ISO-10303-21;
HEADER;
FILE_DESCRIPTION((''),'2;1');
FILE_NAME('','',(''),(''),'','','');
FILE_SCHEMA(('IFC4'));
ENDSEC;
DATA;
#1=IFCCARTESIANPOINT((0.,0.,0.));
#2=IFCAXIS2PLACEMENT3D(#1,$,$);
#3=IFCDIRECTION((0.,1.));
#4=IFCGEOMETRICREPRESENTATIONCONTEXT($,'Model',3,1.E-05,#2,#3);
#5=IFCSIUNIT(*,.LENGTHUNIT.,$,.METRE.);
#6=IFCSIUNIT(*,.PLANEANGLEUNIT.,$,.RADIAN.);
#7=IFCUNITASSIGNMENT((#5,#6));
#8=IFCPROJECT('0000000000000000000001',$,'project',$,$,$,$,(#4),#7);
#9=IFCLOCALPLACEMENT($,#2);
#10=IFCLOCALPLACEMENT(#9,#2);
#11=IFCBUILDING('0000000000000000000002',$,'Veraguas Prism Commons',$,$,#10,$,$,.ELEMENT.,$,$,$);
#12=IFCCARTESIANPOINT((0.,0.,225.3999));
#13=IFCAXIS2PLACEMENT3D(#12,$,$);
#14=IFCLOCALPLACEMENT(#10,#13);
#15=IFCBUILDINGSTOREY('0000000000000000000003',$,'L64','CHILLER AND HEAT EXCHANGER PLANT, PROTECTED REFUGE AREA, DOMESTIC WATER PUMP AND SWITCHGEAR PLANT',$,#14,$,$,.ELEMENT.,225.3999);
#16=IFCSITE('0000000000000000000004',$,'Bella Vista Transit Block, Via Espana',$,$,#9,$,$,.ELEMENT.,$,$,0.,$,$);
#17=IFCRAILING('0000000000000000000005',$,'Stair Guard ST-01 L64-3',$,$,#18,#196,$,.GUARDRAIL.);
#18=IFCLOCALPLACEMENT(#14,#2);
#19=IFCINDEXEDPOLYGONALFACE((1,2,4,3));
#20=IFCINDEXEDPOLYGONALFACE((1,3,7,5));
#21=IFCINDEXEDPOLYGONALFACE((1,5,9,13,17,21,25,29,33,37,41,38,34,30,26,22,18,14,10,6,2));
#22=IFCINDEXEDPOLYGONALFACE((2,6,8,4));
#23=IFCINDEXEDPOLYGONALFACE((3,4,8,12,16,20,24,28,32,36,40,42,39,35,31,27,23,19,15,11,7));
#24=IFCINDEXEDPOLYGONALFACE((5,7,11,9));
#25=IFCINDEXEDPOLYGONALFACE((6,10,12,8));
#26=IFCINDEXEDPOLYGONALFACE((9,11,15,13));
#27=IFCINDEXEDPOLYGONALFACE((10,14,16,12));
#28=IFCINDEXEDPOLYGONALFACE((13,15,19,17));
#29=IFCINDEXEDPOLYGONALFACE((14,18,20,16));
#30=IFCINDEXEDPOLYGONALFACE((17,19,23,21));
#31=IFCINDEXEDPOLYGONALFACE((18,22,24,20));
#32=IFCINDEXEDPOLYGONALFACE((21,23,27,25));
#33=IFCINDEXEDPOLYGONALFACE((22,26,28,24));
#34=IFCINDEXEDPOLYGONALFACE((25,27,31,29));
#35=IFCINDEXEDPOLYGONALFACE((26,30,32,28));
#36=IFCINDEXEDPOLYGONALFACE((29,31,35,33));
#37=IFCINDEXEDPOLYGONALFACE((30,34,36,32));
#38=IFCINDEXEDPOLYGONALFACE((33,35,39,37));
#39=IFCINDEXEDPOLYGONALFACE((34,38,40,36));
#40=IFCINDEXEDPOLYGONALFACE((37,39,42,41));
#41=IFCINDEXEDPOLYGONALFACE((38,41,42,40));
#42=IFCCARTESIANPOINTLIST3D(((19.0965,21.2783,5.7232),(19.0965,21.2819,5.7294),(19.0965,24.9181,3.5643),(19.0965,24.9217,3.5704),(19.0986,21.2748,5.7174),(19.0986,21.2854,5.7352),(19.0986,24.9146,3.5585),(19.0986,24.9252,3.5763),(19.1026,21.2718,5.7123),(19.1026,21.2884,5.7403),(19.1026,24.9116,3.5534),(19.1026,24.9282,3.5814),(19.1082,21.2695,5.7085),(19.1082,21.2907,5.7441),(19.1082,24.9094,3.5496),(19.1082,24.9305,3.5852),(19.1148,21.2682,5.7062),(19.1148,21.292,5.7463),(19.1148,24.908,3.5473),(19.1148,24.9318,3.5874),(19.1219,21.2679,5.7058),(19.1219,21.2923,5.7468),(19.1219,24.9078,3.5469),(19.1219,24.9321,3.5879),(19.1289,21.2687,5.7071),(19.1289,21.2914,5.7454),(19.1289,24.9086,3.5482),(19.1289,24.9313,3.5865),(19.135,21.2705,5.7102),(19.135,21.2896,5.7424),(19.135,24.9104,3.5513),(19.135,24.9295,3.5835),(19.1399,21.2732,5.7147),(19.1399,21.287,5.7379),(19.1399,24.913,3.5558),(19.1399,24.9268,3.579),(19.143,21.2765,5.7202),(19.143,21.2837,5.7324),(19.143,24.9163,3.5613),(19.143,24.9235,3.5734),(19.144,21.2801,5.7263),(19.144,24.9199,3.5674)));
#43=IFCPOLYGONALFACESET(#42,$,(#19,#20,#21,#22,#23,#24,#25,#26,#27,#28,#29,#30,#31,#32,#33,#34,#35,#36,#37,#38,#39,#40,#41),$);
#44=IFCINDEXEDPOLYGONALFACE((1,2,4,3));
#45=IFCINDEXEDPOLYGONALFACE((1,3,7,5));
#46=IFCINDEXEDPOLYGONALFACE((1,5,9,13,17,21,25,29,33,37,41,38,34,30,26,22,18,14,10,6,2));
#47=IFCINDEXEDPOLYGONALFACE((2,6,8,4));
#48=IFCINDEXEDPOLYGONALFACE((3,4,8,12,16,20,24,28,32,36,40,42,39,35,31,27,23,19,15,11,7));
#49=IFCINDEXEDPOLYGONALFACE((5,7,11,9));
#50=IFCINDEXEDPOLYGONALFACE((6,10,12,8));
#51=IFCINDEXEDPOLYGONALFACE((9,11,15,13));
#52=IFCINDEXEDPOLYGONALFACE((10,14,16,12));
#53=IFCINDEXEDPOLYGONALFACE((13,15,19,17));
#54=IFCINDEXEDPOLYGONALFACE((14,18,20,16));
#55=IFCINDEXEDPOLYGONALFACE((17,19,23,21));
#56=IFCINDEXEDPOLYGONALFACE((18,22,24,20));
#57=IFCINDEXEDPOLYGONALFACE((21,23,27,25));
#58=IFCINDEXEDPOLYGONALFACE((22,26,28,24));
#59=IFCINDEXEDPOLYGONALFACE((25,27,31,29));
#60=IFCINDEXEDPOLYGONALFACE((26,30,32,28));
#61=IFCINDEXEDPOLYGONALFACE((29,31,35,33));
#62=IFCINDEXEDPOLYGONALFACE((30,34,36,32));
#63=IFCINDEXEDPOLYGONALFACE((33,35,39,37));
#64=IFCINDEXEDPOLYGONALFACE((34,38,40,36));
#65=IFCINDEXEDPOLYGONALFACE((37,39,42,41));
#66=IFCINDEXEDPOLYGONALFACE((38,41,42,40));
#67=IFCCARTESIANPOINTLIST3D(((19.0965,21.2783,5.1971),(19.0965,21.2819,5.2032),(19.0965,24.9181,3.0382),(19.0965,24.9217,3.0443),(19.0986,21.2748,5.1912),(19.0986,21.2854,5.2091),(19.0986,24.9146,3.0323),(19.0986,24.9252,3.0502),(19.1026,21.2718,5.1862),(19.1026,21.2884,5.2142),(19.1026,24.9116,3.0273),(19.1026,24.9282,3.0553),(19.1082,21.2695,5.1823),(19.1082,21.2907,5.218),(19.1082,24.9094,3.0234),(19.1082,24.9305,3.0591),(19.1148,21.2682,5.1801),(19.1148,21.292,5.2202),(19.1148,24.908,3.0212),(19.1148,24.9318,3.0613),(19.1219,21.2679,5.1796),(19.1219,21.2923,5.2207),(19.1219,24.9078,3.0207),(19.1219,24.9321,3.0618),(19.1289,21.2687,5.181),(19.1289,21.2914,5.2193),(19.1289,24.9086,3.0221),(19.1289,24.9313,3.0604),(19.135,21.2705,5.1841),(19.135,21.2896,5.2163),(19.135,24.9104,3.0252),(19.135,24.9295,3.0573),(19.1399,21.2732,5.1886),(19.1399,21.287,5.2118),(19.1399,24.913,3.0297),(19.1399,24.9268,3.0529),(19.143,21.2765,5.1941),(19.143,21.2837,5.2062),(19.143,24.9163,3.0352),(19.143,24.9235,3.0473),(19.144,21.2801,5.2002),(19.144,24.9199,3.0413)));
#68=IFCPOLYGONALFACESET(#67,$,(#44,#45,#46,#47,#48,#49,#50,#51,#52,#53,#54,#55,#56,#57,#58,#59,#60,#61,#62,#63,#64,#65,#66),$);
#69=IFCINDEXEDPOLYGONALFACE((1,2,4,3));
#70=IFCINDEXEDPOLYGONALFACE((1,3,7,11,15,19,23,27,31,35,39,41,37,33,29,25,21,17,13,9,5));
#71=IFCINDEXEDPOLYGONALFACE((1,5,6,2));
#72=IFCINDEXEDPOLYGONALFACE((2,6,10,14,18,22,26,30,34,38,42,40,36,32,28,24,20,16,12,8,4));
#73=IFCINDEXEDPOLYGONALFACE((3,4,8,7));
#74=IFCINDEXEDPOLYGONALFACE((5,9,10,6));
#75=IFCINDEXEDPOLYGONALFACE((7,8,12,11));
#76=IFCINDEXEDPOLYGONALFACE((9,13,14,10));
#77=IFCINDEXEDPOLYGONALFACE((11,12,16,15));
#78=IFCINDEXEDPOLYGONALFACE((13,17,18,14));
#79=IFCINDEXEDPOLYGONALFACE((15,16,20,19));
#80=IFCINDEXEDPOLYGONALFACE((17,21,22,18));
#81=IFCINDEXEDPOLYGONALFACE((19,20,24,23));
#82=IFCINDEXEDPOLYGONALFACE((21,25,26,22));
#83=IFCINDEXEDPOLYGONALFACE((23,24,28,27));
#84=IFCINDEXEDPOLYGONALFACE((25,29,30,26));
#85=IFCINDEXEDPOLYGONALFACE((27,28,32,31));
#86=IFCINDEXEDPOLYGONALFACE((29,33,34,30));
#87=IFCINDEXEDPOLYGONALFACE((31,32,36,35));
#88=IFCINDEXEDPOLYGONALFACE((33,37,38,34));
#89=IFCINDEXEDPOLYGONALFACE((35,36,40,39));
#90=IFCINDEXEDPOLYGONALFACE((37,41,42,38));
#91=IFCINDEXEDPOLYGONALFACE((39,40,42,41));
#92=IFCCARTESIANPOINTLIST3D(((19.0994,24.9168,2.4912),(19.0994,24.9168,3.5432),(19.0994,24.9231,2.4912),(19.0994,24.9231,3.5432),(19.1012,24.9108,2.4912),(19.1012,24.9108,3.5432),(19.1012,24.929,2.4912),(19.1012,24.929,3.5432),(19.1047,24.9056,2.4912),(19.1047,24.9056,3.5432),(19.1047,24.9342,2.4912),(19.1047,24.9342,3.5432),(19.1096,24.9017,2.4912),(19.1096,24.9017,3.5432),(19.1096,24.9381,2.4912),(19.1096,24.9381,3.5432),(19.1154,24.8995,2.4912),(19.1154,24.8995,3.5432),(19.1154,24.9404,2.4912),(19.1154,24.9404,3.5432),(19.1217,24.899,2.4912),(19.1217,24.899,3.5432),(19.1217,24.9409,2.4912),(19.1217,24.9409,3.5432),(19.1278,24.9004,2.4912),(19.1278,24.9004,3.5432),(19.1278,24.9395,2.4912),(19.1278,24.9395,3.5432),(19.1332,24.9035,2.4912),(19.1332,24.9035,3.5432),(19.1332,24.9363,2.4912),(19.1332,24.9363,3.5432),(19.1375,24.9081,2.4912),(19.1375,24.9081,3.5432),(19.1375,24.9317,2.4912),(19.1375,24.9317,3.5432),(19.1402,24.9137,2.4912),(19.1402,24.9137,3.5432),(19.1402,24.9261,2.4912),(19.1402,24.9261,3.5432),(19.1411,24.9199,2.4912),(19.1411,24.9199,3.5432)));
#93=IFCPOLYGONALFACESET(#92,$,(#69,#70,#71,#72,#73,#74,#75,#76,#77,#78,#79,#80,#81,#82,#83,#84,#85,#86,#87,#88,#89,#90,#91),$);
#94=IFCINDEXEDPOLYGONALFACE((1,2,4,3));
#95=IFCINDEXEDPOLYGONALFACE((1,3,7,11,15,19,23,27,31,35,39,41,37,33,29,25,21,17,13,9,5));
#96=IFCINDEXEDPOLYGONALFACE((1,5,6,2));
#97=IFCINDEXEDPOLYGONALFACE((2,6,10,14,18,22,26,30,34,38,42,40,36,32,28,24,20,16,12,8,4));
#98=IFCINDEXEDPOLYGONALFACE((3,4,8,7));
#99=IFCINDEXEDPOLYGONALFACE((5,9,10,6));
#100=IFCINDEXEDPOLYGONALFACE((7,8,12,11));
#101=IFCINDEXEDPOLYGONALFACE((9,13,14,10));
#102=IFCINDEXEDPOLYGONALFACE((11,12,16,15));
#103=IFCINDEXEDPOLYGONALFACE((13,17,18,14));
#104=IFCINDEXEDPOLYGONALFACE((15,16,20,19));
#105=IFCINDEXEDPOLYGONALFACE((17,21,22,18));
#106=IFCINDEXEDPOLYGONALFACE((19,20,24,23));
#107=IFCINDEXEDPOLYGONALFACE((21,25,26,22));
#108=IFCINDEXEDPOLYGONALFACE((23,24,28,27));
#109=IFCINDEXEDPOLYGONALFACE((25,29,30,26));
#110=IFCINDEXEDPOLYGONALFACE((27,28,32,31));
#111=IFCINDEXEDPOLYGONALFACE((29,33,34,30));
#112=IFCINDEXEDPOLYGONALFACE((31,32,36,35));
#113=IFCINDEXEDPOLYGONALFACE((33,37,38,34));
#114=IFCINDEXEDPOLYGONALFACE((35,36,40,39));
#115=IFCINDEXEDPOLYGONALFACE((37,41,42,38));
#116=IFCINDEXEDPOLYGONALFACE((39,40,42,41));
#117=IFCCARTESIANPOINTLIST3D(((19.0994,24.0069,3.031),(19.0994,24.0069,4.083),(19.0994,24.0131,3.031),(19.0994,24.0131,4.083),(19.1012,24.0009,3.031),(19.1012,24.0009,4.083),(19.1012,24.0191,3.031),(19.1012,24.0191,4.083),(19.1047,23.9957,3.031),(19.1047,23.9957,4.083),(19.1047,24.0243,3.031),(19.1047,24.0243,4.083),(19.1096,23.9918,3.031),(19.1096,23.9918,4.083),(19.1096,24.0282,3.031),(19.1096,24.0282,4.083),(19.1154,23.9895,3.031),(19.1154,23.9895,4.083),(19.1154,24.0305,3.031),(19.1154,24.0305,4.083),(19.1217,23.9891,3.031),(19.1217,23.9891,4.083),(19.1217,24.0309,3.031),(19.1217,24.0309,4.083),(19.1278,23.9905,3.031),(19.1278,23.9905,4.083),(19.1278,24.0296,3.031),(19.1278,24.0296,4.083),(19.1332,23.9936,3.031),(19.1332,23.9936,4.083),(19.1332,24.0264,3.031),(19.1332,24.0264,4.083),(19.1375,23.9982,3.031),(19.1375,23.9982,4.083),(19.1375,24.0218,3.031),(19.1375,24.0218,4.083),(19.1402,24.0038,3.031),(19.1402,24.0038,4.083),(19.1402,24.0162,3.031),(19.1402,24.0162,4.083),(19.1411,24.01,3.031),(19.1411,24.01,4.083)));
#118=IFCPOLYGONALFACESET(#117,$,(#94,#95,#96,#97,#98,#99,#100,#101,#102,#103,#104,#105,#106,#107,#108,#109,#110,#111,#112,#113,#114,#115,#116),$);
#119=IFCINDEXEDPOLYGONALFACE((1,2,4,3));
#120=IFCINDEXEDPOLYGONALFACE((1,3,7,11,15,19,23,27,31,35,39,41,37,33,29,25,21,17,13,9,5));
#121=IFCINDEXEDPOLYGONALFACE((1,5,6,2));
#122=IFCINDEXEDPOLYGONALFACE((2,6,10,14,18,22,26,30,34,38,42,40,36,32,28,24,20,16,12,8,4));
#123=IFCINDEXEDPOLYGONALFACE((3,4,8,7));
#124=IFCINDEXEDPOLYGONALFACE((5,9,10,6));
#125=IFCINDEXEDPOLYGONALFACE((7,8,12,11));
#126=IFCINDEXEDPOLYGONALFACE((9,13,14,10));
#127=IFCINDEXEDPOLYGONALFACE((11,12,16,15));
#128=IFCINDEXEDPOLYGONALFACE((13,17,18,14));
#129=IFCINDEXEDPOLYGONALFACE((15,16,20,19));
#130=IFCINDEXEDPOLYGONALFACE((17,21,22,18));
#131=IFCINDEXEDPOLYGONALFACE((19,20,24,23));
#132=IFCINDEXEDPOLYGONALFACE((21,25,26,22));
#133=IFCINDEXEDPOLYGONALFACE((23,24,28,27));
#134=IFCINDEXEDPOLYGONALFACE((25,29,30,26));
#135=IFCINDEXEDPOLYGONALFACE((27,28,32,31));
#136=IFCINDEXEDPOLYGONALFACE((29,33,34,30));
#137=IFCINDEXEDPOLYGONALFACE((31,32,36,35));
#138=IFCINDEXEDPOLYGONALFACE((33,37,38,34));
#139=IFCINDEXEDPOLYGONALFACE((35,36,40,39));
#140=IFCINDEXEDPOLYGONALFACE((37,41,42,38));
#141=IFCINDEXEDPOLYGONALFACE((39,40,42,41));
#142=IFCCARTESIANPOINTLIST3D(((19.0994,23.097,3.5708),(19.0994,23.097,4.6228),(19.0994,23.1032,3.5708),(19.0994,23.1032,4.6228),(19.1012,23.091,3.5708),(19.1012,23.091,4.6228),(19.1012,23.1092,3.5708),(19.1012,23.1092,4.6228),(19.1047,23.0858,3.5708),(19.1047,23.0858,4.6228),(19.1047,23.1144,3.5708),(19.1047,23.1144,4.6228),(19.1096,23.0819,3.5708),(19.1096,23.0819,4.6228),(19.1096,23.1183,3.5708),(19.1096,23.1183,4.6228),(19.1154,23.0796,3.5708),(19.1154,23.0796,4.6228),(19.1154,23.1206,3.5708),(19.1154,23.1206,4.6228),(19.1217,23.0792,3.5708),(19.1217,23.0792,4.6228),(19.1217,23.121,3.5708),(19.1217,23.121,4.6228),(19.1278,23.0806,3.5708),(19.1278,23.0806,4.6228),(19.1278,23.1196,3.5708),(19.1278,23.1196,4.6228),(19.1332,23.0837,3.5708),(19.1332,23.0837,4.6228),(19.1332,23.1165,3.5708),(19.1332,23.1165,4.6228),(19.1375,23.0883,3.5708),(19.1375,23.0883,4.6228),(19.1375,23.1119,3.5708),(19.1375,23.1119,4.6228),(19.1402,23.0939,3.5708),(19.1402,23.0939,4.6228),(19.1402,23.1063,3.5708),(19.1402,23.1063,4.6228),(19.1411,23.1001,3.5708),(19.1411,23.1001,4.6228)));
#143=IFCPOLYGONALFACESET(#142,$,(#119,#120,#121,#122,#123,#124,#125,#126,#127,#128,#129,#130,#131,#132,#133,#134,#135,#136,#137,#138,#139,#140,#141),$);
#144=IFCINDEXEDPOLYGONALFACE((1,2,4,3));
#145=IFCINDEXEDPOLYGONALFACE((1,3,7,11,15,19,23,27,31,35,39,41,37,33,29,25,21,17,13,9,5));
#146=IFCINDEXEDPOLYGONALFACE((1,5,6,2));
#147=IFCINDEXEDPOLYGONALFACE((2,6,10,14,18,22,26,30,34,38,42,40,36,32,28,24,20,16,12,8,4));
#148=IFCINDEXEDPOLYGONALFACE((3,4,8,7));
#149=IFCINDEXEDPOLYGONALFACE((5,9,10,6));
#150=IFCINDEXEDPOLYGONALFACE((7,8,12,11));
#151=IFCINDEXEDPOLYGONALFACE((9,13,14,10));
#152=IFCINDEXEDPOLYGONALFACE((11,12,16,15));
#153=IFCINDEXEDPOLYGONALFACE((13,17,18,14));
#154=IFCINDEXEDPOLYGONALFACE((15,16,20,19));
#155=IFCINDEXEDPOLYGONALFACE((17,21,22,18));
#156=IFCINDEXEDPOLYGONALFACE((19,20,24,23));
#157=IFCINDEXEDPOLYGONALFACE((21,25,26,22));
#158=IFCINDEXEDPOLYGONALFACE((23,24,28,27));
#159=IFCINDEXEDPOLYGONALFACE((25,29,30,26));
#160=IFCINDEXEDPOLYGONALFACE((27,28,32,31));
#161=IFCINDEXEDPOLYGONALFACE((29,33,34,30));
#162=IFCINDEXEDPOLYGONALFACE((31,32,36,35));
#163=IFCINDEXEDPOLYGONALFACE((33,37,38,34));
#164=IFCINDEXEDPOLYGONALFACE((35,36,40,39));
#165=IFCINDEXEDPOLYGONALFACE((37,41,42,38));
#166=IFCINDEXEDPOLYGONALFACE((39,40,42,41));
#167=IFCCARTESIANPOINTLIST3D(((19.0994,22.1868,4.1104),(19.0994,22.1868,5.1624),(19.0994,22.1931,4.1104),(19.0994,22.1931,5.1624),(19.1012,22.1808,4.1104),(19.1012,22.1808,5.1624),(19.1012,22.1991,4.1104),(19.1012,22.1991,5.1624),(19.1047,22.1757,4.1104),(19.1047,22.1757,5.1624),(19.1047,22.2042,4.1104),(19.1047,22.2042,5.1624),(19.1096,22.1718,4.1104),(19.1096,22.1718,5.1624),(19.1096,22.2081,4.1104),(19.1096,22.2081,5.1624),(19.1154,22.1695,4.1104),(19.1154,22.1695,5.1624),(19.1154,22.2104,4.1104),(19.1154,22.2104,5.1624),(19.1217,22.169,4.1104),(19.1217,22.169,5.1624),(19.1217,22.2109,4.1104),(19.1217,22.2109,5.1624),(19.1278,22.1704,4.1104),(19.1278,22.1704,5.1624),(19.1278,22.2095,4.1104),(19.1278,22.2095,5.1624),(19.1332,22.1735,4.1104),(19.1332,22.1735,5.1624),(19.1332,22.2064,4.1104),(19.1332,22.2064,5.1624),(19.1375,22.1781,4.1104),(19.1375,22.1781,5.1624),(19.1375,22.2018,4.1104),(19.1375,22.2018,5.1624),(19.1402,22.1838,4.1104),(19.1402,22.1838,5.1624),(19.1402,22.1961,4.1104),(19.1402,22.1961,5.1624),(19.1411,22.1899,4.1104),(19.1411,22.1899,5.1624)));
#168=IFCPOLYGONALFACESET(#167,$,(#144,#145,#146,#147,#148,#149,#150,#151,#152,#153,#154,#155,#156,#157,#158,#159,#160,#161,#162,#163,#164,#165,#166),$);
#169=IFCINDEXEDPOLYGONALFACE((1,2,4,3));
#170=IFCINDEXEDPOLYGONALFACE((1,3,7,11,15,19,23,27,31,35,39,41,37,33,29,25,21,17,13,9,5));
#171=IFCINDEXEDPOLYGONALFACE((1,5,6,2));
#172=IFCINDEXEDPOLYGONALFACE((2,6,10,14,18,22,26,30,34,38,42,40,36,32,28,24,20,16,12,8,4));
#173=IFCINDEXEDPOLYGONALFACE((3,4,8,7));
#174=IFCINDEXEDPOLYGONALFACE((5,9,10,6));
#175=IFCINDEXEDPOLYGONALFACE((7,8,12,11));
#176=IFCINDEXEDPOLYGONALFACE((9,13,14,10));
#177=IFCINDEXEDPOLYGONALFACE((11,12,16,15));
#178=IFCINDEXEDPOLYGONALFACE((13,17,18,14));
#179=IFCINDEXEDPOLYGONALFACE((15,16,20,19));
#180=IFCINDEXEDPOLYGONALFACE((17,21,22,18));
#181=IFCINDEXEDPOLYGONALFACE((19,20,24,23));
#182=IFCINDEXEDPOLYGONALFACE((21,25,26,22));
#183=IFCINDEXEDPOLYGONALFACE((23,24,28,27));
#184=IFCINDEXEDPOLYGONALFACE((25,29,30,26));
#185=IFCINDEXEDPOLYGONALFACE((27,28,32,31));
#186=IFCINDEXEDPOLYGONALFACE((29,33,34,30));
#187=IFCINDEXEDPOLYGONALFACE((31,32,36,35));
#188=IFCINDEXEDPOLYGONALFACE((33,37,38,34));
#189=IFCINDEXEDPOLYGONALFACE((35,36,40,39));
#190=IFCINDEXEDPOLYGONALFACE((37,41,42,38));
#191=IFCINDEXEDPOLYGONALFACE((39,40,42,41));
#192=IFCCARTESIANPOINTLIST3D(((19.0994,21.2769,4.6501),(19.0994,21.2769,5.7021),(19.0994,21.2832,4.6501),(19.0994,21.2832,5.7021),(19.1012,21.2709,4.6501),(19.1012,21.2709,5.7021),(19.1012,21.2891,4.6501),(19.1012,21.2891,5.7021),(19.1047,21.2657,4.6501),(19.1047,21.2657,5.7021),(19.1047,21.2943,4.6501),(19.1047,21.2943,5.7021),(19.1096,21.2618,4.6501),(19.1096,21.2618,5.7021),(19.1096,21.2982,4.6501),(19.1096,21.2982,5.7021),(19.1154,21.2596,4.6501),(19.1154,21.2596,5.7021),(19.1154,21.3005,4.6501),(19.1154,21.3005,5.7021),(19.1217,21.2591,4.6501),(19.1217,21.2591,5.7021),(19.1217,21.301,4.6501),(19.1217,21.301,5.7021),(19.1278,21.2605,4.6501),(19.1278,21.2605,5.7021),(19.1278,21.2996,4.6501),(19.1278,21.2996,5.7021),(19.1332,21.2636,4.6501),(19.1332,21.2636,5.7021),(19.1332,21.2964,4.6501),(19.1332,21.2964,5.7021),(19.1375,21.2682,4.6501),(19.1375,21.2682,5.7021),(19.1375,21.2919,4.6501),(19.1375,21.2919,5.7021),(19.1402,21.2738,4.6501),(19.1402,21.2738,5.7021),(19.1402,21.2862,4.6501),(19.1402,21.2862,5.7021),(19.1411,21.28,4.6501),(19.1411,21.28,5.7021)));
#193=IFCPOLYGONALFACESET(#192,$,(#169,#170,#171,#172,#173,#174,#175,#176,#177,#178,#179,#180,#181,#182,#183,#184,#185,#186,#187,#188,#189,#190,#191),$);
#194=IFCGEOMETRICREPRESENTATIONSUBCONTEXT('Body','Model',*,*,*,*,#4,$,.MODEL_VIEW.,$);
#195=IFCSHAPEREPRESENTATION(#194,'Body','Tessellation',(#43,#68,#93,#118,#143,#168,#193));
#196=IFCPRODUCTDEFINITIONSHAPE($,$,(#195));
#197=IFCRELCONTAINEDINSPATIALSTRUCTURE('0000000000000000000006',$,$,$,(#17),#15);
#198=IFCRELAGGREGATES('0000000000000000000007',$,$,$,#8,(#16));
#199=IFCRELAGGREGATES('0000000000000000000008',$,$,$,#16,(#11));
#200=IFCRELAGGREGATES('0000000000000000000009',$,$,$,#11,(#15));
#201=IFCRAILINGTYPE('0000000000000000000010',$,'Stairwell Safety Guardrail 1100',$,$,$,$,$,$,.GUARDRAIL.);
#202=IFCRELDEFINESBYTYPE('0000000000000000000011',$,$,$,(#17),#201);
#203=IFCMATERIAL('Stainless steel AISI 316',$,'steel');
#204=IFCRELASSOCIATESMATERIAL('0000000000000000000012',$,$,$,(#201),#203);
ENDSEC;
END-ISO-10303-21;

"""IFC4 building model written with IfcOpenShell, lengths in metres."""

from ifc_helpers import new_model, si_unit, direction, frame, origin, origin_2d, place, context, subcontext, project, spatial, circle, extrude, material, type_object, element, save


model = new_model("IFC4")

# Units and contexts
model_context = context("Model", 3, precision=1e-05, world=origin(), true_north=direction((0.0, 1.0)))
body_context = subcontext(model_context, "Body", "Model", "MODEL_VIEW")
ifc_project = project(units=[si_unit("LENGTHUNIT", "METRE"), si_unit("PLANEANGLEUNIT", "RADIAN")], contexts=[model_context])

# Site, building, storey
site_placement = place(None, origin())
site = spatial("IfcSite", under=ifc_project, at=site_placement, Name="Bella Vista Transit Block, Via Espana", CompositionType="ELEMENT", RefElevation=0.0)
building_placement = place(site_placement, origin())
building = spatial("IfcBuilding", under=site, at=building_placement, Name="Veraguas Prism Commons", CompositionType="ELEMENT")
storey_placement = place(building_placement, frame((0.0, 0.0, 225.3999)))
storey = spatial("IfcBuildingStorey", under=building, at=storey_placement, Name="L64", Description="CHILLER AND HEAT EXCHANGER PLANT, PROTECTED REFUGE AREA, DOMESTIC WATER PUMP AND SWITCHGEAR PLANT", CompositionType="ELEMENT", Elevation=225.3999)

# Shared definitions
ifc_material_1 = material(Name="Stainless steel AISI 316", Category="steel")

# Railing
railing_type_1 = type_object("IfcRailingType", Name="Stairwell Safety Guardrail 1100", PredefinedType="GUARDRAIL", material=ifc_material_1)
railing_1_placement = place(storey_placement, frame((19.1201, 24.9199, 2.4912)))
element("IfcRailing", 1, at=railing_1_placement, inside=storey, type_object=railing_type_1, Name="Stair Guard ST-01 L64-3", PredefinedType="GUARDRAIL", context=body_context, shape_type="SweptSolid", body=[
    extrude(circle(Radius=0.0239, at=origin_2d()), frame((0.0, 0.0, 1.0762), z_axis=(0.0, -0.860088, 0.510145), x_axis=(1.0, 0.0, 0.0)), (0.0, 0.0, 1.0), 4.2319),
    extrude(circle(Radius=0.0239, at=origin_2d()), frame((0.0, 0.0, 0.55), z_axis=(0.0, -0.860088, 0.510145), x_axis=(1.0, 0.0, 0.0)), (0.0, 0.0, 1.0), 4.2319),
    extrude(circle(Radius=0.021, at=origin_2d()), origin(), (0.0, 0.0, 1.0), 1.052),
    extrude(circle(Radius=0.021, at=origin_2d()), frame((0.0, -0.9099, 0.5398)), (0.0, 0.0, 1.0), 1.052),
    extrude(circle(Radius=0.021, at=origin_2d()), frame((0.0, -1.8198, 1.0796)), (0.0, 0.0, 1.0), 1.052),
    extrude(circle(Radius=0.021, at=origin_2d()), frame((0.0, -2.73, 1.6191)), (0.0, 0.0, 1.0), 1.052),
    extrude(circle(Radius=0.021, at=origin_2d()), frame((0.0, -3.6399, 2.1589)), (0.0, 0.0, 1.0), 1.052),
])

save(model, "model.ifc")
